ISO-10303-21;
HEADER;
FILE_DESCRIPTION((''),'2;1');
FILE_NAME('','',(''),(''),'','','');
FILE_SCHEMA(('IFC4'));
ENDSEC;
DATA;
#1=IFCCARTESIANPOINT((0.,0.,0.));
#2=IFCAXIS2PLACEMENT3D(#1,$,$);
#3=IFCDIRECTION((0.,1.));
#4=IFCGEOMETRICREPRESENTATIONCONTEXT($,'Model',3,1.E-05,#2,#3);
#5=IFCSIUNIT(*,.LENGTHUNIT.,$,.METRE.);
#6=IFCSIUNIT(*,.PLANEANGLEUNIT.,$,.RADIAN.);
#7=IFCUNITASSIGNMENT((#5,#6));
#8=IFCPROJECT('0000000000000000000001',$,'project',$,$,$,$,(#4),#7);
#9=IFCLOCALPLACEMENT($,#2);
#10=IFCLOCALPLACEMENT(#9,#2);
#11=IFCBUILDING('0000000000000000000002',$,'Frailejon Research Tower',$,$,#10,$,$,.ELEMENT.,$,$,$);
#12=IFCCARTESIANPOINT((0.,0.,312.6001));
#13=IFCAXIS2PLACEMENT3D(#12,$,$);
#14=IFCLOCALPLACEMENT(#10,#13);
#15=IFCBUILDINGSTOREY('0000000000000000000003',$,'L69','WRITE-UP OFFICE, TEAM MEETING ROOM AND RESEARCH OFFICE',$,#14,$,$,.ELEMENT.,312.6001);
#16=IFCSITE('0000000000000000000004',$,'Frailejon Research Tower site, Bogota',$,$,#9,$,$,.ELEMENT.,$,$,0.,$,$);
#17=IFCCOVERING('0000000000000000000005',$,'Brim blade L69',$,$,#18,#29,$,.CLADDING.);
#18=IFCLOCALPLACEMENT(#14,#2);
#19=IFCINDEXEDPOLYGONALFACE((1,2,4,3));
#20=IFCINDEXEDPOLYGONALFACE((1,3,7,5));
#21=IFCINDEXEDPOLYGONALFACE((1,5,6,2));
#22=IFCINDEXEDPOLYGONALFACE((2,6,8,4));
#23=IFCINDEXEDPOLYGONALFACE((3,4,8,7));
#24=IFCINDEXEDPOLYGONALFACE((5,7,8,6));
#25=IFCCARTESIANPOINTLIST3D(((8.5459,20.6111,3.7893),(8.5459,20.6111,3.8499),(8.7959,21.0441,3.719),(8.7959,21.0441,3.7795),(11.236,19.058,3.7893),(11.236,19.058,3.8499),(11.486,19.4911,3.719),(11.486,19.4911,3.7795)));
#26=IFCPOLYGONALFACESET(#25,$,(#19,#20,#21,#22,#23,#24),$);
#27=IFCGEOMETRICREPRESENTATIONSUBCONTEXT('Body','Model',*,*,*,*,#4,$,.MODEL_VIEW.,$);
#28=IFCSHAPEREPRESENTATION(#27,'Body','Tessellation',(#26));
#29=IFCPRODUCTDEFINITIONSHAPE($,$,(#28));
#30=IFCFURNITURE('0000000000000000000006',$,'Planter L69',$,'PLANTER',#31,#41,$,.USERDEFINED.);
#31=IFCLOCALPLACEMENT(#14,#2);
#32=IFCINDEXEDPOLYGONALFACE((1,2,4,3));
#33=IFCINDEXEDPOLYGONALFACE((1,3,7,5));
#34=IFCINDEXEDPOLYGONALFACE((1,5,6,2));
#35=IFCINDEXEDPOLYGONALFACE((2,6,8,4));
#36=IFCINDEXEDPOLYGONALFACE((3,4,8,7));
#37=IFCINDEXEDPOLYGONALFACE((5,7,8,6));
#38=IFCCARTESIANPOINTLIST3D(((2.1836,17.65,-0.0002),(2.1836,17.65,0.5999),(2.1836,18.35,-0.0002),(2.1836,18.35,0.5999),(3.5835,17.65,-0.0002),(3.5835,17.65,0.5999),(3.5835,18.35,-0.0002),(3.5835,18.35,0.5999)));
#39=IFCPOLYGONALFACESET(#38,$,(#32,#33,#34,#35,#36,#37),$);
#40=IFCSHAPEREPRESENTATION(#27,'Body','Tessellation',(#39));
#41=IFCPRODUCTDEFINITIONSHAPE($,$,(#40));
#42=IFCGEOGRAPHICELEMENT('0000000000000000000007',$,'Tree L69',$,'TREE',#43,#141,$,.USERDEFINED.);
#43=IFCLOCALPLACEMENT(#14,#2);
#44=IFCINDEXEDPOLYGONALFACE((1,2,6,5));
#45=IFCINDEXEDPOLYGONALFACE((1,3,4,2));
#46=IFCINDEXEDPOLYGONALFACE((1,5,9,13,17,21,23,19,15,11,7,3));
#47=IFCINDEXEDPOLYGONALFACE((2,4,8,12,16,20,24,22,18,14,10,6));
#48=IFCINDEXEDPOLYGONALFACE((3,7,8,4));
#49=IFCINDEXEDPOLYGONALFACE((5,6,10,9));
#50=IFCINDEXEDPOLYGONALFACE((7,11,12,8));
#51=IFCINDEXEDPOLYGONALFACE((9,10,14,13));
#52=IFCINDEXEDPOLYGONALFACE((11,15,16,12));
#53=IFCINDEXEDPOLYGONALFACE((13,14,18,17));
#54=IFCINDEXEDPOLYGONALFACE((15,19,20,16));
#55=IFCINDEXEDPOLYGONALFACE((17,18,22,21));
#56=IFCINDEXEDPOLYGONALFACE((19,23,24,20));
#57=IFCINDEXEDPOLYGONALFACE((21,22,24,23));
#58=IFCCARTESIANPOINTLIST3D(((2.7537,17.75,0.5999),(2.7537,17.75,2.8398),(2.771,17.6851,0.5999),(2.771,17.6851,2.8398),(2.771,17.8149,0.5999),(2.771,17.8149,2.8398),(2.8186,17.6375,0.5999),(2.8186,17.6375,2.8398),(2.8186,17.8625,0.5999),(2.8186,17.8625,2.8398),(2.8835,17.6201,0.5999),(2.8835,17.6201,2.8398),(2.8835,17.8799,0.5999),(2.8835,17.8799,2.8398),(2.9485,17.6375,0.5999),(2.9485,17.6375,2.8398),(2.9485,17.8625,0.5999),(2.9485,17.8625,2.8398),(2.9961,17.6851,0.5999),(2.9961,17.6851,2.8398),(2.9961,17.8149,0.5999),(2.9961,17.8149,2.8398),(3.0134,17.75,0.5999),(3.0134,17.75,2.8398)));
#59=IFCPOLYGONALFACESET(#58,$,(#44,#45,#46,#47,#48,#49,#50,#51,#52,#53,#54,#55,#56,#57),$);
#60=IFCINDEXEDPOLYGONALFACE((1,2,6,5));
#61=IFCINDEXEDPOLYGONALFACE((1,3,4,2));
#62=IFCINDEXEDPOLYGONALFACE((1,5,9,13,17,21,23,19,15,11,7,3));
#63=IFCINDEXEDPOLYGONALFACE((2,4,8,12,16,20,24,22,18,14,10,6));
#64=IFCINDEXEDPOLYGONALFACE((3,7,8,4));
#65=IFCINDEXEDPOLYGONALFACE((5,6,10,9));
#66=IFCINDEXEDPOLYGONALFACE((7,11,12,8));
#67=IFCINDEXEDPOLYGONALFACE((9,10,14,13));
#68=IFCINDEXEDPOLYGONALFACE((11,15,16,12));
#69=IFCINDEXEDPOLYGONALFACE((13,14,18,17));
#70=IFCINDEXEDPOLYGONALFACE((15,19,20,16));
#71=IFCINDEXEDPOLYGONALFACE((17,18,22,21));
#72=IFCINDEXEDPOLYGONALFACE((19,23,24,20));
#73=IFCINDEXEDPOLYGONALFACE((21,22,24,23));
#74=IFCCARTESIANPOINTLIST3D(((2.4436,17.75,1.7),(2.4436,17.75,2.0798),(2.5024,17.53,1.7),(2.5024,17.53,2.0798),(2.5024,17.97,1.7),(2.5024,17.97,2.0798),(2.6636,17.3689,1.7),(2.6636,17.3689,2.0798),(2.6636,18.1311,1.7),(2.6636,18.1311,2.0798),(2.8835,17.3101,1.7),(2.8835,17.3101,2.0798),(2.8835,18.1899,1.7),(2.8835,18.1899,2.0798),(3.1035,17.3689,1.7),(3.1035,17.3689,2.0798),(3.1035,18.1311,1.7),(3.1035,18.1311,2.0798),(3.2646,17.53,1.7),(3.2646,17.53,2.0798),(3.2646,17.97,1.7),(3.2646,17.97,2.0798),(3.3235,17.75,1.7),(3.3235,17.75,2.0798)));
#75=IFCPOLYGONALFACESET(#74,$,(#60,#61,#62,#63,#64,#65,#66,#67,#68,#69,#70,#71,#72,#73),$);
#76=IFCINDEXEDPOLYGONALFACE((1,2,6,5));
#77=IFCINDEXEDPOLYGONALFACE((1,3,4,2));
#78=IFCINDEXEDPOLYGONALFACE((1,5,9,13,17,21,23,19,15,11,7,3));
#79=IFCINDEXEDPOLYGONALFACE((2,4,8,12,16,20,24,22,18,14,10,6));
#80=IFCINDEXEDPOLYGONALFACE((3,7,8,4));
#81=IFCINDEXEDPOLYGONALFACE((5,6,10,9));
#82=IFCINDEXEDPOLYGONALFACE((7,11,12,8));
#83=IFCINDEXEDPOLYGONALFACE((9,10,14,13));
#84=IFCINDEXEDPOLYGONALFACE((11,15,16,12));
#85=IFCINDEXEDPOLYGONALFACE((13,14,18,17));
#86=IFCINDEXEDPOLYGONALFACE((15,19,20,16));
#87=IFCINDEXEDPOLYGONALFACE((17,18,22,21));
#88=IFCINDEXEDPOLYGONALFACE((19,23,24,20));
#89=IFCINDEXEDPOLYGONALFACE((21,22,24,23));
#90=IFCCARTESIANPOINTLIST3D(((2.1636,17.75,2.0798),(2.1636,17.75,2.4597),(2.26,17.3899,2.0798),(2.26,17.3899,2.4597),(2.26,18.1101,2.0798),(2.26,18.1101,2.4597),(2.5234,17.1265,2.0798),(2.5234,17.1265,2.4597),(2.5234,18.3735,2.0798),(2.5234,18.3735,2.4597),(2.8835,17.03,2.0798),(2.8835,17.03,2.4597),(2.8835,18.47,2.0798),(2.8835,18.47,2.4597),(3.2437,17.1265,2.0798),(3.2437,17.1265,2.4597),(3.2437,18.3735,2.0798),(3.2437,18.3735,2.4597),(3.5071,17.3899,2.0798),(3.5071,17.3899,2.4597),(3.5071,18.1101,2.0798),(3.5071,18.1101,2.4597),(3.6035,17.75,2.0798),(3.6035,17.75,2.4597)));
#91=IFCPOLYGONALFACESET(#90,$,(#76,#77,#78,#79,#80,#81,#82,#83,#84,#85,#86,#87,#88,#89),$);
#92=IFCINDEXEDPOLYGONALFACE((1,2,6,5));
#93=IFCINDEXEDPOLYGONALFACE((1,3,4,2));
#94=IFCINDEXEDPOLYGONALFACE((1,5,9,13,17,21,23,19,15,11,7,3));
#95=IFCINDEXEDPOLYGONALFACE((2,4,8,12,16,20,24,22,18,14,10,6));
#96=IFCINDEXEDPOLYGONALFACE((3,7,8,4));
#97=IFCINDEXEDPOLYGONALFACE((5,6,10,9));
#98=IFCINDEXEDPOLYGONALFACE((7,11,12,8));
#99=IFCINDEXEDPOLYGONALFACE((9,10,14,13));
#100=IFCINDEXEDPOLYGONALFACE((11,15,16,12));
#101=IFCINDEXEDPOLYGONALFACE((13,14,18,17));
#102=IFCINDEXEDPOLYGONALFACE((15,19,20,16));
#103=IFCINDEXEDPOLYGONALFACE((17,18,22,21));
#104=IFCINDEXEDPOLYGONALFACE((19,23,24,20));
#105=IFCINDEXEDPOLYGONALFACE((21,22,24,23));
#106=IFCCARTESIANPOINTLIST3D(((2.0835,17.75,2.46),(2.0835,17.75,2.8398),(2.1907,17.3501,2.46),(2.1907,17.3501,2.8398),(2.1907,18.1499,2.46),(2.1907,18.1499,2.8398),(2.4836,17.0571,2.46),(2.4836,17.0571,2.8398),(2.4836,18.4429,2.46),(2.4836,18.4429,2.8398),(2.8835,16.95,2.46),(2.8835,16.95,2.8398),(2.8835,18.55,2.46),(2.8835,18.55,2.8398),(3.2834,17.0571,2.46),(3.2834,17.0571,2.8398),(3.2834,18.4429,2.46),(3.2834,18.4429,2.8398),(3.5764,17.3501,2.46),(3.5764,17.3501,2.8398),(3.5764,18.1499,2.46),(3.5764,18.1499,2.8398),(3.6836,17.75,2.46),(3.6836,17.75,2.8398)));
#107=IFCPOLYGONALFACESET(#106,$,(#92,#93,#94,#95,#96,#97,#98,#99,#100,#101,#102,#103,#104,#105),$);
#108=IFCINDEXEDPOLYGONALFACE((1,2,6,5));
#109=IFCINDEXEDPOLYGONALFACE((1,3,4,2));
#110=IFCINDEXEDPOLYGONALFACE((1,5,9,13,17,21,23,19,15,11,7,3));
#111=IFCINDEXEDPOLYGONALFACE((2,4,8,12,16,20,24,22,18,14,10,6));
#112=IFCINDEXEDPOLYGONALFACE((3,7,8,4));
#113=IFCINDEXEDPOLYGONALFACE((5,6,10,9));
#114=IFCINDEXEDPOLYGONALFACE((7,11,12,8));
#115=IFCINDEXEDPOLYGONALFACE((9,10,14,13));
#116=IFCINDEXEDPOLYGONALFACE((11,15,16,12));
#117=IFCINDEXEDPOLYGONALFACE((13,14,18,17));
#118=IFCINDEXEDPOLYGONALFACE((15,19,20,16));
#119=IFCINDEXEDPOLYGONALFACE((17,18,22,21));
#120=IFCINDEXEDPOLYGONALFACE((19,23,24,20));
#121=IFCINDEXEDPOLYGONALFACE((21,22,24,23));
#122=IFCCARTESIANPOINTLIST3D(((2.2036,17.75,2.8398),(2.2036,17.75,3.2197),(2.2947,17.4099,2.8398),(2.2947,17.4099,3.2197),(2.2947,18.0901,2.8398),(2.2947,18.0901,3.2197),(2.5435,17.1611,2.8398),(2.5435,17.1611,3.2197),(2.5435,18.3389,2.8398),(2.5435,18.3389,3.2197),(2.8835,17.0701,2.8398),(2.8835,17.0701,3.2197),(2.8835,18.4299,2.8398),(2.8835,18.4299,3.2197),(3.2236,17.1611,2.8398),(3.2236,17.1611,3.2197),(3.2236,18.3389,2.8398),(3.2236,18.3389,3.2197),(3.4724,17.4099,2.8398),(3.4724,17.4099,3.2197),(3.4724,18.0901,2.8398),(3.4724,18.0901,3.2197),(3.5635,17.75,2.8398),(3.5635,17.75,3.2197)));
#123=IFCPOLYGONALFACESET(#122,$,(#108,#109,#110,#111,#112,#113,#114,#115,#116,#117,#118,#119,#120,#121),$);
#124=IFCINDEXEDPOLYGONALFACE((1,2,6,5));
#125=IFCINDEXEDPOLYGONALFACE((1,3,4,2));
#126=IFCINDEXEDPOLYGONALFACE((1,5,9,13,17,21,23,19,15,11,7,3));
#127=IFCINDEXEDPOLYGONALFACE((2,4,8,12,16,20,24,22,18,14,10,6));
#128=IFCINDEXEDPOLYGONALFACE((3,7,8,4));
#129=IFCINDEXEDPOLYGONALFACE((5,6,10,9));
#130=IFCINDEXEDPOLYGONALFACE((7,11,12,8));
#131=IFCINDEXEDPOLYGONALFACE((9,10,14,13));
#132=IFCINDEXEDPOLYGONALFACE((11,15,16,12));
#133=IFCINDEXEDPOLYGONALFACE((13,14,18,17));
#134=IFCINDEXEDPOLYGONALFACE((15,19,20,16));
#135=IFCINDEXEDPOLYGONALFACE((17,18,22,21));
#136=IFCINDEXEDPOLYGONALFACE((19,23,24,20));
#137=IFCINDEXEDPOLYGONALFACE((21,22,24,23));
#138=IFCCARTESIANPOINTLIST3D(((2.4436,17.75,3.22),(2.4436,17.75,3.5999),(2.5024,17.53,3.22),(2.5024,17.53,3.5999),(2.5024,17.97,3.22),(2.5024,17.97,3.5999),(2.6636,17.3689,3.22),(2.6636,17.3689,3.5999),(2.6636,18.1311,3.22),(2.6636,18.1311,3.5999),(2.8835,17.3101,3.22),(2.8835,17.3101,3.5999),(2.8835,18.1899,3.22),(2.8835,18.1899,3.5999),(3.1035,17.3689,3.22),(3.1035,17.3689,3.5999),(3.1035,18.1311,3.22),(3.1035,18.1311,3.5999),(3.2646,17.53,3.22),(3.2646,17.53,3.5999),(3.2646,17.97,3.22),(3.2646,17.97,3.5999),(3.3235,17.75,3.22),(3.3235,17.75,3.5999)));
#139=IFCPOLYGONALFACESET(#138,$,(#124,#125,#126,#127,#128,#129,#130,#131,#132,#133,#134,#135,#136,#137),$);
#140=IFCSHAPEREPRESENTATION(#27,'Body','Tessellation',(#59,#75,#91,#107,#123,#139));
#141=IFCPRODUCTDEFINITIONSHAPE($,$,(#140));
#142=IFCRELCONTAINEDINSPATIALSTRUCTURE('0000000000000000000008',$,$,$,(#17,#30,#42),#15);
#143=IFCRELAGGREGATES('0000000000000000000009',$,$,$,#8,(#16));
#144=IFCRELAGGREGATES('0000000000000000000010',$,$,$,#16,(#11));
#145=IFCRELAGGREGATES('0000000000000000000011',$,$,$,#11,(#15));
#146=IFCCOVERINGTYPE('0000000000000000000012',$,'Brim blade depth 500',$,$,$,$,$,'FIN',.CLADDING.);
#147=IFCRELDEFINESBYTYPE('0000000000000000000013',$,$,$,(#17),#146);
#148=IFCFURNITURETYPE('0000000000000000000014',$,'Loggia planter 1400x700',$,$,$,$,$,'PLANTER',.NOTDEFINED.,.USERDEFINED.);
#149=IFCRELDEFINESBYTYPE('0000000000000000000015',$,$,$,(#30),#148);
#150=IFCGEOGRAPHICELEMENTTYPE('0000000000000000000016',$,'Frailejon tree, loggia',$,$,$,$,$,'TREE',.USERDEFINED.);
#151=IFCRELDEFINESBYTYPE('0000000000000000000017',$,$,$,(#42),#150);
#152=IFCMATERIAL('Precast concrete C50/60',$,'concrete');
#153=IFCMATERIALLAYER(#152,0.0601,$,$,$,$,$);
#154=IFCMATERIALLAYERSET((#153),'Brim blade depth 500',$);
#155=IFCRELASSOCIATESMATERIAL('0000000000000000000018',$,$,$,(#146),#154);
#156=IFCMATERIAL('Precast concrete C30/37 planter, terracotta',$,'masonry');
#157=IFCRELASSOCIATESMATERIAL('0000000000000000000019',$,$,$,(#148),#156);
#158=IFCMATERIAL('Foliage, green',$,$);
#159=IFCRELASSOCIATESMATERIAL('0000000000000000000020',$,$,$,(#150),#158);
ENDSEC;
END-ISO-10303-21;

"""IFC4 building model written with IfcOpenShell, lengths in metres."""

from ifc_helpers import new_model, si_unit, direction, frame, origin, origin_2d, place, context, subcontext, project, spatial, polyline, rectangle, outline, extrude, material, layer, layer_set, type_object, element, save


model = new_model("IFC4")

# Units and contexts
model_context = context("Model", 3, precision=1e-05, world=origin(), true_north=direction((0.0, 1.0)))
body_context = subcontext(model_context, "Body", "Model", "MODEL_VIEW")
ifc_project = project(units=[si_unit("LENGTHUNIT", "METRE"), si_unit("PLANEANGLEUNIT", "RADIAN")], contexts=[model_context])

# Site, building, storey
site_placement = place(None, origin())
site = spatial("IfcSite", under=ifc_project, at=site_placement, Name="Frailejon Research Tower site, Bogota", CompositionType="ELEMENT", RefElevation=0.0)
building_placement = place(site_placement, origin())
building = spatial("IfcBuilding", under=site, at=building_placement, Name="Frailejon Research Tower", CompositionType="ELEMENT")
storey_placement = place(building_placement, frame((0.0, 0.0, 312.6001)))
storey = spatial("IfcBuildingStorey", under=building, at=storey_placement, Name="L69", Description="WRITE-UP OFFICE, TEAM MEETING ROOM AND RESEARCH OFFICE", CompositionType="ELEMENT", Elevation=312.6001)

# Covering
ifc_material_1 = material(Name="Precast concrete C50/60", Category="concrete")
ifc_layer_1 = layer(ifc_material_1, 0.0601)
ifc_layer_set_1 = layer_set([ifc_layer_1], Name="Brim blade depth 500")
covering_type_1 = type_object("IfcCoveringType", Name="Brim blade depth 500", ElementType="FIN", PredefinedType="CLADDING", material=ifc_layer_set_1)
covering_placement = place(storey_placement, frame((8.5459, 20.6111, 3.8499), z_axis=(0.866035, -0.499983, 0.0), x_axis=(0.499983, 0.866035, 0.0)))
element("IfcCovering", 1, at=covering_placement, inside=storey, type_object=covering_type_1, Name="Brim blade L69", PredefinedType="CLADDING", context=body_context, shape_type="SweptSolid", body=[
    extrude(outline(polyline([(0.0, -0.0605), (0.5, -0.1309), (0.5, -0.0703), (0.0, 0.0), (0.0, -0.0605)])), origin(), (0.0, 0.0, 1.0), 3.1062),
])

# Furniture
ifc_material_2 = material(Name="Precast concrete C30/37 planter, terracotta", Category="masonry")
furniture_type = type_object("IfcFurnitureType", Name="Loggia planter 1400x700", ElementType="PLANTER", AssemblyPlace="NOTDEFINED", PredefinedType="USERDEFINED", material=ifc_material_2)
furniture_placement = place(storey_placement, frame((2.8835, 18.0, -0.0002), z_axis=(0.0, 0.0, 1.0), x_axis=(-1.0, 0.0, 0.0)))
element("IfcFurniture", 2, at=furniture_placement, inside=storey, type_object=furniture_type, Name="Planter L69", ObjectType="PLANTER", PredefinedType="USERDEFINED", context=body_context, shape_type="SweptSolid", body=[
    extrude(rectangle(XDim=1.3999, YDim=0.7, at=origin_2d()), origin(), (0.0, 0.0, 1.0), 0.6001),
])

# Geographic element
ifc_material_3 = material(Name="Foliage, green")
geographic_element_type = type_object("IfcGeographicElementType", Name="Frailejon tree, loggia", ElementType="TREE", PredefinedType="USERDEFINED", material=ifc_material_3)
geographic_element_placement = place(storey_placement, frame((2.8835, 17.75, 0.5999)))
element("IfcGeographicElement", 3, at=geographic_element_placement, inside=storey, type_object=geographic_element_type, Name="Tree L69", ObjectType="TREE", PredefinedType="USERDEFINED", context=body_context, shape_type="SweptSolid", body=[
    extrude(outline(polyline([(0.1299, 0.0), (0.1125, 0.0649), (0.0649, 0.1125), (0.0, 0.1299), (-0.0649, 0.1125), (-0.1125, 0.0649), (-0.1299, 0.0), (-0.1125, -0.0649), (-0.0649, -0.1125), (0.0, -0.1299), (0.0649, -0.1125), (0.1125, -0.0649), (0.1299, 0.0)])), origin(), (0.0, 0.0, 1.0), 2.24),
    extrude(outline(polyline([(0.4399, 0.0), (0.3811, 0.22), (0.22, 0.3811), (0.0, 0.4399), (-0.22, 0.3811), (-0.3811, 0.22), (-0.4399, 0.0), (-0.3811, -0.22), (-0.22, -0.3811), (0.0, -0.4399), (0.22, -0.3811), (0.3811, -0.22), (0.4399, 0.0)])), frame((0.0, 0.0, 1.1001)), (0.0, 0.0, 1.0), 0.3799),
    extrude(outline(polyline([(0.72, 0.0), (0.6235, 0.3601), (0.3601, 0.6235), (0.0, 0.72), (-0.3601, 0.6235), (-0.6235, 0.3601), (-0.72, 0.0), (-0.6235, -0.3601), (-0.3601, -0.6235), (0.0, -0.72), (0.3601, -0.6235), (0.6235, -0.3601), (0.72, 0.0)])), frame((0.0, 0.0, 1.48)), (0.0, 0.0, 1.0), 0.3799),
    extrude(outline(polyline([(0.8, 0.0), (0.6929, 0.3999), (0.3999, 0.6929), (0.0, 0.8), (-0.3999, 0.6929), (-0.6929, 0.3999), (-0.8, 0.0), (-0.6929, -0.3999), (-0.3999, -0.6929), (0.0, -0.8), (0.3999, -0.6929), (0.6929, -0.3999), (0.8, 0.0)])), frame((0.0, 0.0, 1.8601)), (0.0, 0.0, 1.0), 0.3799),
    extrude(outline(polyline([(0.6799, 0.0), (0.5889, 0.3401), (0.3401, 0.5889), (0.0, 0.6799), (-0.3401, 0.5889), (-0.5889, 0.3401), (-0.6799, 0.0), (-0.5889, -0.3401), (-0.3401, -0.5889), (0.0, -0.6799), (0.3401, -0.5889), (0.5889, -0.3401), (0.6799, 0.0)])), frame((0.0, 0.0, 2.24)), (0.0, 0.0, 1.0), 0.3799),
    extrude(outline(polyline([(0.4399, 0.0), (0.3811, 0.22), (0.22, 0.3811), (0.0, 0.4399), (-0.22, 0.3811), (-0.3811, 0.22), (-0.4399, 0.0), (-0.3811, -0.22), (-0.22, -0.3811), (0.0, -0.4399), (0.22, -0.3811), (0.3811, -0.22), (0.4399, 0.0)])), frame((0.0, 0.0, 2.6201)), (0.0, 0.0, 1.0), 0.3799),
])

save(model, "model.ifc")
